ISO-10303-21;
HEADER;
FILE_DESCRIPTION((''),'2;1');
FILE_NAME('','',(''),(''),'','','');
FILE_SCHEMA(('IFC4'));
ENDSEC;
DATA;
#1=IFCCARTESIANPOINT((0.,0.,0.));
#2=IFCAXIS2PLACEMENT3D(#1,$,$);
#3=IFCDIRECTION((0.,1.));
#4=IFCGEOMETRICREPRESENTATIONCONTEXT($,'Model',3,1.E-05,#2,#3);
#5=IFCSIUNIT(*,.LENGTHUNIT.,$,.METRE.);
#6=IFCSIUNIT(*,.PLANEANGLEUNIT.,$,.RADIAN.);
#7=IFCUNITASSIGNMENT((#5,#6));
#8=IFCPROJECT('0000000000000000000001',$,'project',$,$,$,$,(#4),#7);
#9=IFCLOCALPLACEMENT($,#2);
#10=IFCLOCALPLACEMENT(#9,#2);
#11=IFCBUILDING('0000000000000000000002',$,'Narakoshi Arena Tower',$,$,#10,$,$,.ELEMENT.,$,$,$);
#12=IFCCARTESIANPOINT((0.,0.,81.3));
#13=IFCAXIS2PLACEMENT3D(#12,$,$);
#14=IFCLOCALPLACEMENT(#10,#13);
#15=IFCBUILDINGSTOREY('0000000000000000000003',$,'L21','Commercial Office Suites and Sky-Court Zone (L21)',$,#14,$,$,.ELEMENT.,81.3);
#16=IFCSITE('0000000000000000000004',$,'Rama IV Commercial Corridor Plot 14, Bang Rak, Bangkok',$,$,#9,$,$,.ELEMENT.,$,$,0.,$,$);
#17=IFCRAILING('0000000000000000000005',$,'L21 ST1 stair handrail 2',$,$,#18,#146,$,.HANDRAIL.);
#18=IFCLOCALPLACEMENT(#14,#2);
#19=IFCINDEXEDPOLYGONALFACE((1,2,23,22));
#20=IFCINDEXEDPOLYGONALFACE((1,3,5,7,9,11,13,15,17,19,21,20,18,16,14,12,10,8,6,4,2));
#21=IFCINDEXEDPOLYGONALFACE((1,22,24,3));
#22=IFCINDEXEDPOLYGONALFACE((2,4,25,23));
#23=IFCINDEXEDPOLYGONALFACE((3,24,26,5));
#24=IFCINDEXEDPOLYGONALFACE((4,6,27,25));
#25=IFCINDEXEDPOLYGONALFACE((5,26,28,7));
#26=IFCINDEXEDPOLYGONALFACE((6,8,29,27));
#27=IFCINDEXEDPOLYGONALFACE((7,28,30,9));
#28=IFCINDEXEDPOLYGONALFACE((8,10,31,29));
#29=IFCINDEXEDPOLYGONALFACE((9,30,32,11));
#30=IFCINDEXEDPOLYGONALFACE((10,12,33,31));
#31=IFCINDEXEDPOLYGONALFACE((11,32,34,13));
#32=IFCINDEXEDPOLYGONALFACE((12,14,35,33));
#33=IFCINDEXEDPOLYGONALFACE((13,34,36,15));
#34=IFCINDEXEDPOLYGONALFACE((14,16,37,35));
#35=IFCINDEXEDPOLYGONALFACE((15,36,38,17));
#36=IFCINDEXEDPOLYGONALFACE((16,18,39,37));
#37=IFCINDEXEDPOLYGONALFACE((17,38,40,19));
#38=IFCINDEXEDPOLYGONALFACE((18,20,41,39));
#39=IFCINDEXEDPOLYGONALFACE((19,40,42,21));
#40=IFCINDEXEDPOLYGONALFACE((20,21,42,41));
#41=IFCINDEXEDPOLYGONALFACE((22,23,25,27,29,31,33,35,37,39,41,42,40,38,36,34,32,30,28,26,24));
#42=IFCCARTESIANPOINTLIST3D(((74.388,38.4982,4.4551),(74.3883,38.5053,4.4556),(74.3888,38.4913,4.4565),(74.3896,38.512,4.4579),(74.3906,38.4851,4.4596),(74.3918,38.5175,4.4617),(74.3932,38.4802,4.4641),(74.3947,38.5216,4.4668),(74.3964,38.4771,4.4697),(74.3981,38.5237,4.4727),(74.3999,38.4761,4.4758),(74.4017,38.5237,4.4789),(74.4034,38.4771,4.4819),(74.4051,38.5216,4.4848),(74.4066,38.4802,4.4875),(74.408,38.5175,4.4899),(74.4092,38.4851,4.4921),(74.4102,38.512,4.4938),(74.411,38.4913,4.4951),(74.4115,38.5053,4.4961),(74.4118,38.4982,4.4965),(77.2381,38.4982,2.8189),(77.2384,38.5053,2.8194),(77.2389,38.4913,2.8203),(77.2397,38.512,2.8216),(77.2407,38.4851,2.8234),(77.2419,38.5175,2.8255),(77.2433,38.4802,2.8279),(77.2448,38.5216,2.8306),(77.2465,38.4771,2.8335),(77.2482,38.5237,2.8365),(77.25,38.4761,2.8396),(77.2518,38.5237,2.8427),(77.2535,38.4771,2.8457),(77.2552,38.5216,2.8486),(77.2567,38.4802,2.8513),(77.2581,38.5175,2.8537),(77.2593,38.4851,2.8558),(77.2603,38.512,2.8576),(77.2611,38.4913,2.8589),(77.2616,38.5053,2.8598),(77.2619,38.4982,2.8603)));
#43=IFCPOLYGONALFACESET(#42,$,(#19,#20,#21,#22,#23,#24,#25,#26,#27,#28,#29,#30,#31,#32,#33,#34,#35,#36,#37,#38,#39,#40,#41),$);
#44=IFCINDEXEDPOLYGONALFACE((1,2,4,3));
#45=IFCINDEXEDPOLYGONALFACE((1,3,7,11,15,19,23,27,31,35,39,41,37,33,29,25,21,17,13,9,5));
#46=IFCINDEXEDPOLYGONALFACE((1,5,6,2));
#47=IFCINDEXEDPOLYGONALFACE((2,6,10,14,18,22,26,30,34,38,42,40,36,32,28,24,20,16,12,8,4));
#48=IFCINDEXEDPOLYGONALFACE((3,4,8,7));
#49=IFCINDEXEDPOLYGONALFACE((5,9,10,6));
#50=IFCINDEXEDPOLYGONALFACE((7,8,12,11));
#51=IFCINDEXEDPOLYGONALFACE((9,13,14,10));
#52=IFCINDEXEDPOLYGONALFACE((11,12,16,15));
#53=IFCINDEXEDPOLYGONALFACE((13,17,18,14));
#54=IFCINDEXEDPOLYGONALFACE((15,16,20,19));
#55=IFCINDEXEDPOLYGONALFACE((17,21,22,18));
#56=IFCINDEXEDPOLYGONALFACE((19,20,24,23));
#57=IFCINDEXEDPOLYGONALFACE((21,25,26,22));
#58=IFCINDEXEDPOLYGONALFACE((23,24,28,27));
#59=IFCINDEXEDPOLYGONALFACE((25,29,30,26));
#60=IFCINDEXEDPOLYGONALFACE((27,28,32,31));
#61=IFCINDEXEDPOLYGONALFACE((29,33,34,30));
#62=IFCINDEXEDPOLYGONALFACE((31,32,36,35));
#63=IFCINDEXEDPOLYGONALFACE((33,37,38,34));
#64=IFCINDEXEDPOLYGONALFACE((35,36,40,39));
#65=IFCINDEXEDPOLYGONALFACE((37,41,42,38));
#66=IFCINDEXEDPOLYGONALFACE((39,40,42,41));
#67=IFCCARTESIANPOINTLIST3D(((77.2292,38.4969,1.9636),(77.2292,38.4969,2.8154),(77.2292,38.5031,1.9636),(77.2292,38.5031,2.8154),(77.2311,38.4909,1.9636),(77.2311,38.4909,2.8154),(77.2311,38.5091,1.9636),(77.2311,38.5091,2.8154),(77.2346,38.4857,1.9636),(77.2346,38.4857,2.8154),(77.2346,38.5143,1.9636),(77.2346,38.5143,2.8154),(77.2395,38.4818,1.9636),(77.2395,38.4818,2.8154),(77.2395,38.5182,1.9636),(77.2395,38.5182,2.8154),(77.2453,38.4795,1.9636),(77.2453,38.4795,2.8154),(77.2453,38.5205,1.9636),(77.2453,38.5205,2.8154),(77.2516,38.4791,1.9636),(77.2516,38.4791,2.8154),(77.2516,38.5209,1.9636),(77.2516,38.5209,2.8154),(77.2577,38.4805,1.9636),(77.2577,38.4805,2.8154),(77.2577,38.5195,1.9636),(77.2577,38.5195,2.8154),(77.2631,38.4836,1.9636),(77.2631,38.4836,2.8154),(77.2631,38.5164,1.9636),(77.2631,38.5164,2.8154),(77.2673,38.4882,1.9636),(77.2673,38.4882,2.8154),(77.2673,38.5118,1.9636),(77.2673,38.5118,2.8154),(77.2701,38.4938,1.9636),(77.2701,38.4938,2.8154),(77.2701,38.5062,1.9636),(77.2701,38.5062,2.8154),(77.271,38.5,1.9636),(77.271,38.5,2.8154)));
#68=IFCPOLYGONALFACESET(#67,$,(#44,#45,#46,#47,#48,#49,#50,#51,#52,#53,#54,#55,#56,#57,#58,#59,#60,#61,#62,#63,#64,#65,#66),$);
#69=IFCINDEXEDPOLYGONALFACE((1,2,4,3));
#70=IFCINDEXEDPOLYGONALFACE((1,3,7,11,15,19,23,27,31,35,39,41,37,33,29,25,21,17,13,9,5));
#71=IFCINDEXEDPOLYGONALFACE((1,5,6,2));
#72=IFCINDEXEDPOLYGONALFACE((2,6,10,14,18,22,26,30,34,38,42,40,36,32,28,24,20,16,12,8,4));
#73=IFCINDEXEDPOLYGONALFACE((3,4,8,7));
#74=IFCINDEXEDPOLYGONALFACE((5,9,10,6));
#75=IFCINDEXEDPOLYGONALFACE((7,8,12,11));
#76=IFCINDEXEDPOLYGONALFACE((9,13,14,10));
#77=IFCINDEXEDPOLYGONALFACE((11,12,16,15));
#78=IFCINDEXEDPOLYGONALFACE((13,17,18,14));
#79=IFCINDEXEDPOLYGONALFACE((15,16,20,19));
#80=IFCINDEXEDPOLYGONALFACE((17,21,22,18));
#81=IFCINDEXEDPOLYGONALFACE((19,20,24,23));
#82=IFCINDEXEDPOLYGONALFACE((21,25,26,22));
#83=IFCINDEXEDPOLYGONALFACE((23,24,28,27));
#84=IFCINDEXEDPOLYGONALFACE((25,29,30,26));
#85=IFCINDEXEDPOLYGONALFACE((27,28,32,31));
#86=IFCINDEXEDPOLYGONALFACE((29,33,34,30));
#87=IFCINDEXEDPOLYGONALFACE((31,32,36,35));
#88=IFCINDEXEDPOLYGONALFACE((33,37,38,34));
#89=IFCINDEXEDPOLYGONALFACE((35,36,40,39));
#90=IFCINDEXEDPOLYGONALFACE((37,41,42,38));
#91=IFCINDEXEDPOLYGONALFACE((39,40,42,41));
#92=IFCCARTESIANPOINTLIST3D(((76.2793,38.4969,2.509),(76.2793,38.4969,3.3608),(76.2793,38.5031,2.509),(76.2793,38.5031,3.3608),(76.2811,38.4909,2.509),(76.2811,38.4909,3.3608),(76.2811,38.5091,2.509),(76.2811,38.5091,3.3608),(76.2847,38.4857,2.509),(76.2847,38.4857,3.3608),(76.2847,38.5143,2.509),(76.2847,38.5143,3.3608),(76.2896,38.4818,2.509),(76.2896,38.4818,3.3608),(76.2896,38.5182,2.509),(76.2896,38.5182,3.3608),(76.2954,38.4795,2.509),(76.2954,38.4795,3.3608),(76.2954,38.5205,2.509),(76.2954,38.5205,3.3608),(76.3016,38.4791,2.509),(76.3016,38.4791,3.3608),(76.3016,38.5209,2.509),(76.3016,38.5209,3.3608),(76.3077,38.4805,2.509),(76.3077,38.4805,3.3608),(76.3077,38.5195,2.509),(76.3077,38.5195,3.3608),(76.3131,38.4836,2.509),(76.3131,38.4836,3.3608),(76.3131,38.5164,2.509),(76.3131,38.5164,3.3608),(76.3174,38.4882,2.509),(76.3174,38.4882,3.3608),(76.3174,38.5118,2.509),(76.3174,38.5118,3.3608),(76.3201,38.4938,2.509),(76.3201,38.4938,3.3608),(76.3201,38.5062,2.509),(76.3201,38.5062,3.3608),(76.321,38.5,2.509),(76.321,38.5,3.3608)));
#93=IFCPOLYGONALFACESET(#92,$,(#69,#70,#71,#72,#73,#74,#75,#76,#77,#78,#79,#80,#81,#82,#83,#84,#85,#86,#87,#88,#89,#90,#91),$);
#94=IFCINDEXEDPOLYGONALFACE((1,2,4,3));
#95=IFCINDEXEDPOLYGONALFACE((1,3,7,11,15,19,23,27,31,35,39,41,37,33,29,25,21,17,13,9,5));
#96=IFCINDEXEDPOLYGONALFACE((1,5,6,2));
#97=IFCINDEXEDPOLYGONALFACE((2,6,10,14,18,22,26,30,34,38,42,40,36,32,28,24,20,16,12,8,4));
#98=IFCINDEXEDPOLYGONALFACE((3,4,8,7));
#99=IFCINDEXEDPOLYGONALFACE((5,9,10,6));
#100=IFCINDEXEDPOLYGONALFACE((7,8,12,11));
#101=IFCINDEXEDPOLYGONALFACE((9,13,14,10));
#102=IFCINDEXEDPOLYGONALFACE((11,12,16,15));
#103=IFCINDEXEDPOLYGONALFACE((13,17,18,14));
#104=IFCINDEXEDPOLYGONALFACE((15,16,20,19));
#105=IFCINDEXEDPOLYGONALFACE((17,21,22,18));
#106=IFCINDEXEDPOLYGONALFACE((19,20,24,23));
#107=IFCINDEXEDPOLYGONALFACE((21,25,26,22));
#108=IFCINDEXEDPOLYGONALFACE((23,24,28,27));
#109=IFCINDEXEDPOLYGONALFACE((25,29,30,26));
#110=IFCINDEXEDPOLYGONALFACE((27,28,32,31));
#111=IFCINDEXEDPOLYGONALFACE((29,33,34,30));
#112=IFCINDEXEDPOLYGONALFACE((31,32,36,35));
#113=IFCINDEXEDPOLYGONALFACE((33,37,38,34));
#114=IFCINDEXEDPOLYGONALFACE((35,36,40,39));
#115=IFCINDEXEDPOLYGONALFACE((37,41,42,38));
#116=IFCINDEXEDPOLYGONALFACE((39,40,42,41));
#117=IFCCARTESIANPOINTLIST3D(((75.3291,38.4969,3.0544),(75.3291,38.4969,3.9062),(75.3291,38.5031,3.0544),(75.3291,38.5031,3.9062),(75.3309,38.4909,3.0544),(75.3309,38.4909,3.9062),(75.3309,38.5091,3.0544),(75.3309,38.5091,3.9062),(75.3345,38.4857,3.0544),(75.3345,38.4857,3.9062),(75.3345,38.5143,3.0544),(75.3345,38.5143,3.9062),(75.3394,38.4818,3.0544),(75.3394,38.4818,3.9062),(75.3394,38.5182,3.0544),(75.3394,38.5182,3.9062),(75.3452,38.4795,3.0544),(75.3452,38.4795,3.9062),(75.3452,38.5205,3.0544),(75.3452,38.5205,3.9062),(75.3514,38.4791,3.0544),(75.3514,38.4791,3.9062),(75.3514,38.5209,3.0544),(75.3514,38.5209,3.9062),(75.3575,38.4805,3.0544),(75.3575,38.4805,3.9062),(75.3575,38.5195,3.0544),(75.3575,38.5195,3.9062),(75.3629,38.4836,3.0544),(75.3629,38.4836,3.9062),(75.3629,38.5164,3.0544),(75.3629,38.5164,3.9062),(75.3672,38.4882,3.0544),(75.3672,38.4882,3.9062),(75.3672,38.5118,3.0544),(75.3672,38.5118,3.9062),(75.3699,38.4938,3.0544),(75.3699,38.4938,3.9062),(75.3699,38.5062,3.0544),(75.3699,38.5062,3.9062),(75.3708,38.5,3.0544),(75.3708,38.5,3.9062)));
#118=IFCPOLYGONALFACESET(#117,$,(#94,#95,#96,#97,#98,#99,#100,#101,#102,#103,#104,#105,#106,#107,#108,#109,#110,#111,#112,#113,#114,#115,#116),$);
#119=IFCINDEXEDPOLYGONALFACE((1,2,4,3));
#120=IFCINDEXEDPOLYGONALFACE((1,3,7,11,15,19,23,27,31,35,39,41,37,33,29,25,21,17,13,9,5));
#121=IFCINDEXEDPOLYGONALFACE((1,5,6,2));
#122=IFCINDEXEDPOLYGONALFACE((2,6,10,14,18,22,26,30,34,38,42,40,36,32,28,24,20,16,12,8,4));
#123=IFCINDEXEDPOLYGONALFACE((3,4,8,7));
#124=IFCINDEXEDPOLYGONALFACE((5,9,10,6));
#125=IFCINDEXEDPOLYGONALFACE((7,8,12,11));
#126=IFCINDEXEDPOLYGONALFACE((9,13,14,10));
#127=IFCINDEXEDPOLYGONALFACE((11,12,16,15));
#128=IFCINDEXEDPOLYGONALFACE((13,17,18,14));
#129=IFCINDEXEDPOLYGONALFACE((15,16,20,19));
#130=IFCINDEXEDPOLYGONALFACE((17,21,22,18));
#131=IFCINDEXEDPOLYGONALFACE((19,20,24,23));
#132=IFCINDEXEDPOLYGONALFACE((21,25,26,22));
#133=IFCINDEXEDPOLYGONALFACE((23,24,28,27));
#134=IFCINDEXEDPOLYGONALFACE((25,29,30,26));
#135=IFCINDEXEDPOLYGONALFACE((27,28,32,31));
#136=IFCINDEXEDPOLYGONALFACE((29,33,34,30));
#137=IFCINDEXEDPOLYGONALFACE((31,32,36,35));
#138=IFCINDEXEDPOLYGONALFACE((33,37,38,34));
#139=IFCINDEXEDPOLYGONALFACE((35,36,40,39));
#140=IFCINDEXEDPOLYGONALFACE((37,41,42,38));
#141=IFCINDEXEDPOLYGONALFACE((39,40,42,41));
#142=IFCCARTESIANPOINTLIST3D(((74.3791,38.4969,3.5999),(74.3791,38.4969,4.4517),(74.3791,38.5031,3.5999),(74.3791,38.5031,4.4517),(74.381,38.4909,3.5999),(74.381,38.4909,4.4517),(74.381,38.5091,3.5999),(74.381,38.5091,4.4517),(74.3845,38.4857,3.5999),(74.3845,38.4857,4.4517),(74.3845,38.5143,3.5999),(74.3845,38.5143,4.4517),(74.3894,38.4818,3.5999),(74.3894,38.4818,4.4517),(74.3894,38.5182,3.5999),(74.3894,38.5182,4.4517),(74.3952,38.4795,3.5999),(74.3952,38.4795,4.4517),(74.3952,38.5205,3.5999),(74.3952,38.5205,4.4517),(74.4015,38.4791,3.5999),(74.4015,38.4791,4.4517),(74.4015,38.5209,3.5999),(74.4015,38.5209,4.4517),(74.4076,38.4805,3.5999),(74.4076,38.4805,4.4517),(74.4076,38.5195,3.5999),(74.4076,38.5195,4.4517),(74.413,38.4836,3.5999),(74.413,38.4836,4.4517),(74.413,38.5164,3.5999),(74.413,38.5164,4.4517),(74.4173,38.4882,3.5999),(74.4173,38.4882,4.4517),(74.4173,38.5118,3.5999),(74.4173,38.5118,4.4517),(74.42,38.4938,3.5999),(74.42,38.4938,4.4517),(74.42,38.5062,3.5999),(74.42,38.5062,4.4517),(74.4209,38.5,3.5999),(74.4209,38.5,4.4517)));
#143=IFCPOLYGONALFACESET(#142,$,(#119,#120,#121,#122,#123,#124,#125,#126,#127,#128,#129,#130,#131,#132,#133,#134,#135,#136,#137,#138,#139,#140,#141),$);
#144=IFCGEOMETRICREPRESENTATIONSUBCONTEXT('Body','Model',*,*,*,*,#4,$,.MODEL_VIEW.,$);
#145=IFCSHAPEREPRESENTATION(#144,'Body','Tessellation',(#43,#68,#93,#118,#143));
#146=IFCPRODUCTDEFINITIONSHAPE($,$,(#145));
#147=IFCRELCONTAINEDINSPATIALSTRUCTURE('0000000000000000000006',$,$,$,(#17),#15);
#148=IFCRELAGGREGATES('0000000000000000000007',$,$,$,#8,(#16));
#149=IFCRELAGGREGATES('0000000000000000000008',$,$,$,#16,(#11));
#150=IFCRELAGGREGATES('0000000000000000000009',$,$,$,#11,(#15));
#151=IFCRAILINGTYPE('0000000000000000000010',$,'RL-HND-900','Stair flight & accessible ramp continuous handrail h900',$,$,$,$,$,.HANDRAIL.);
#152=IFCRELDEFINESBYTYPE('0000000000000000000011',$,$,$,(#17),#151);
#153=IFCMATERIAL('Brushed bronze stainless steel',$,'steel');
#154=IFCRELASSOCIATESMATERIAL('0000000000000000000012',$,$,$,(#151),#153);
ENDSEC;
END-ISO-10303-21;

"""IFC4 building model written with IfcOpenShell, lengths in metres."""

from ifc_helpers import new_model, si_unit, direction, frame, origin, origin_2d, place, context, subcontext, project, spatial, circle, extrude, material, type_object, element, save


model = new_model("IFC4")

# Units and contexts
model_context = context("Model", 3, precision=1e-05, world=origin(), true_north=direction((0.0, 1.0)))
body_context = subcontext(model_context, "Body", "Model", "MODEL_VIEW")
ifc_project = project(units=[si_unit("LENGTHUNIT", "METRE"), si_unit("PLANEANGLEUNIT", "RADIAN")], contexts=[model_context])

# Site, building, storey
site_placement = place(None, origin())
site = spatial("IfcSite", under=ifc_project, at=site_placement, Name="Rama IV Commercial Corridor Plot 14, Bang Rak, Bangkok", CompositionType="ELEMENT", RefElevation=0.0)
building_placement = place(site_placement, origin())
building = spatial("IfcBuilding", under=site, at=building_placement, Name="Narakoshi Arena Tower", CompositionType="ELEMENT")
storey_placement = place(building_placement, frame((0.0, 0.0, 81.3)))
storey = spatial("IfcBuildingStorey", under=building, at=storey_placement, Name="L21", Description="Commercial Office Suites and Sky-Court Zone (L21)", CompositionType="ELEMENT", Elevation=81.3)

# Railing
ifc_material_1 = material(Name="Brushed bronze stainless steel", Category="steel")
railing_type_1 = type_object("IfcRailingType", Name="RL-HND-900", Description="Stair flight & accessible ramp continuous handrail h900", PredefinedType="HANDRAIL", material=ifc_material_1)
railing_1_placement = place(storey_placement, frame((77.25, 38.5, 1.9636)))
element("IfcRailing", 1, at=railing_1_placement, inside=storey, type_object=railing_type_1, Name="L21 ST1 stair handrail 2", PredefinedType="HANDRAIL", context=body_context, shape_type="SweptSolid", body=[
    extrude(circle(Radius=0.0239, at=origin_2d()), frame((0.0, 0.0, 0.876), z_axis=(-0.867245, 0.0, 0.497882), x_axis=(0.0, -1.0, 0.0)), (0.0, 0.0, 1.0), 3.2864),
    extrude(circle(Radius=0.021, at=origin_2d()), origin(), (0.0, 0.0, 1.0), 0.8518),
    extrude(circle(Radius=0.021, at=origin_2d()), frame((-0.95, 0.0, 0.5454)), (0.0, 0.0, 1.0), 0.8518),
    extrude(circle(Radius=0.021, at=origin_2d()), frame((-1.9001, 0.0, 1.0908)), (0.0, 0.0, 1.0), 0.8518),
    extrude(circle(Radius=0.021, at=origin_2d()), frame((-2.8501, 0.0, 1.6362)), (0.0, 0.0, 1.0), 0.8518),
])

save(model, "model.ifc")
